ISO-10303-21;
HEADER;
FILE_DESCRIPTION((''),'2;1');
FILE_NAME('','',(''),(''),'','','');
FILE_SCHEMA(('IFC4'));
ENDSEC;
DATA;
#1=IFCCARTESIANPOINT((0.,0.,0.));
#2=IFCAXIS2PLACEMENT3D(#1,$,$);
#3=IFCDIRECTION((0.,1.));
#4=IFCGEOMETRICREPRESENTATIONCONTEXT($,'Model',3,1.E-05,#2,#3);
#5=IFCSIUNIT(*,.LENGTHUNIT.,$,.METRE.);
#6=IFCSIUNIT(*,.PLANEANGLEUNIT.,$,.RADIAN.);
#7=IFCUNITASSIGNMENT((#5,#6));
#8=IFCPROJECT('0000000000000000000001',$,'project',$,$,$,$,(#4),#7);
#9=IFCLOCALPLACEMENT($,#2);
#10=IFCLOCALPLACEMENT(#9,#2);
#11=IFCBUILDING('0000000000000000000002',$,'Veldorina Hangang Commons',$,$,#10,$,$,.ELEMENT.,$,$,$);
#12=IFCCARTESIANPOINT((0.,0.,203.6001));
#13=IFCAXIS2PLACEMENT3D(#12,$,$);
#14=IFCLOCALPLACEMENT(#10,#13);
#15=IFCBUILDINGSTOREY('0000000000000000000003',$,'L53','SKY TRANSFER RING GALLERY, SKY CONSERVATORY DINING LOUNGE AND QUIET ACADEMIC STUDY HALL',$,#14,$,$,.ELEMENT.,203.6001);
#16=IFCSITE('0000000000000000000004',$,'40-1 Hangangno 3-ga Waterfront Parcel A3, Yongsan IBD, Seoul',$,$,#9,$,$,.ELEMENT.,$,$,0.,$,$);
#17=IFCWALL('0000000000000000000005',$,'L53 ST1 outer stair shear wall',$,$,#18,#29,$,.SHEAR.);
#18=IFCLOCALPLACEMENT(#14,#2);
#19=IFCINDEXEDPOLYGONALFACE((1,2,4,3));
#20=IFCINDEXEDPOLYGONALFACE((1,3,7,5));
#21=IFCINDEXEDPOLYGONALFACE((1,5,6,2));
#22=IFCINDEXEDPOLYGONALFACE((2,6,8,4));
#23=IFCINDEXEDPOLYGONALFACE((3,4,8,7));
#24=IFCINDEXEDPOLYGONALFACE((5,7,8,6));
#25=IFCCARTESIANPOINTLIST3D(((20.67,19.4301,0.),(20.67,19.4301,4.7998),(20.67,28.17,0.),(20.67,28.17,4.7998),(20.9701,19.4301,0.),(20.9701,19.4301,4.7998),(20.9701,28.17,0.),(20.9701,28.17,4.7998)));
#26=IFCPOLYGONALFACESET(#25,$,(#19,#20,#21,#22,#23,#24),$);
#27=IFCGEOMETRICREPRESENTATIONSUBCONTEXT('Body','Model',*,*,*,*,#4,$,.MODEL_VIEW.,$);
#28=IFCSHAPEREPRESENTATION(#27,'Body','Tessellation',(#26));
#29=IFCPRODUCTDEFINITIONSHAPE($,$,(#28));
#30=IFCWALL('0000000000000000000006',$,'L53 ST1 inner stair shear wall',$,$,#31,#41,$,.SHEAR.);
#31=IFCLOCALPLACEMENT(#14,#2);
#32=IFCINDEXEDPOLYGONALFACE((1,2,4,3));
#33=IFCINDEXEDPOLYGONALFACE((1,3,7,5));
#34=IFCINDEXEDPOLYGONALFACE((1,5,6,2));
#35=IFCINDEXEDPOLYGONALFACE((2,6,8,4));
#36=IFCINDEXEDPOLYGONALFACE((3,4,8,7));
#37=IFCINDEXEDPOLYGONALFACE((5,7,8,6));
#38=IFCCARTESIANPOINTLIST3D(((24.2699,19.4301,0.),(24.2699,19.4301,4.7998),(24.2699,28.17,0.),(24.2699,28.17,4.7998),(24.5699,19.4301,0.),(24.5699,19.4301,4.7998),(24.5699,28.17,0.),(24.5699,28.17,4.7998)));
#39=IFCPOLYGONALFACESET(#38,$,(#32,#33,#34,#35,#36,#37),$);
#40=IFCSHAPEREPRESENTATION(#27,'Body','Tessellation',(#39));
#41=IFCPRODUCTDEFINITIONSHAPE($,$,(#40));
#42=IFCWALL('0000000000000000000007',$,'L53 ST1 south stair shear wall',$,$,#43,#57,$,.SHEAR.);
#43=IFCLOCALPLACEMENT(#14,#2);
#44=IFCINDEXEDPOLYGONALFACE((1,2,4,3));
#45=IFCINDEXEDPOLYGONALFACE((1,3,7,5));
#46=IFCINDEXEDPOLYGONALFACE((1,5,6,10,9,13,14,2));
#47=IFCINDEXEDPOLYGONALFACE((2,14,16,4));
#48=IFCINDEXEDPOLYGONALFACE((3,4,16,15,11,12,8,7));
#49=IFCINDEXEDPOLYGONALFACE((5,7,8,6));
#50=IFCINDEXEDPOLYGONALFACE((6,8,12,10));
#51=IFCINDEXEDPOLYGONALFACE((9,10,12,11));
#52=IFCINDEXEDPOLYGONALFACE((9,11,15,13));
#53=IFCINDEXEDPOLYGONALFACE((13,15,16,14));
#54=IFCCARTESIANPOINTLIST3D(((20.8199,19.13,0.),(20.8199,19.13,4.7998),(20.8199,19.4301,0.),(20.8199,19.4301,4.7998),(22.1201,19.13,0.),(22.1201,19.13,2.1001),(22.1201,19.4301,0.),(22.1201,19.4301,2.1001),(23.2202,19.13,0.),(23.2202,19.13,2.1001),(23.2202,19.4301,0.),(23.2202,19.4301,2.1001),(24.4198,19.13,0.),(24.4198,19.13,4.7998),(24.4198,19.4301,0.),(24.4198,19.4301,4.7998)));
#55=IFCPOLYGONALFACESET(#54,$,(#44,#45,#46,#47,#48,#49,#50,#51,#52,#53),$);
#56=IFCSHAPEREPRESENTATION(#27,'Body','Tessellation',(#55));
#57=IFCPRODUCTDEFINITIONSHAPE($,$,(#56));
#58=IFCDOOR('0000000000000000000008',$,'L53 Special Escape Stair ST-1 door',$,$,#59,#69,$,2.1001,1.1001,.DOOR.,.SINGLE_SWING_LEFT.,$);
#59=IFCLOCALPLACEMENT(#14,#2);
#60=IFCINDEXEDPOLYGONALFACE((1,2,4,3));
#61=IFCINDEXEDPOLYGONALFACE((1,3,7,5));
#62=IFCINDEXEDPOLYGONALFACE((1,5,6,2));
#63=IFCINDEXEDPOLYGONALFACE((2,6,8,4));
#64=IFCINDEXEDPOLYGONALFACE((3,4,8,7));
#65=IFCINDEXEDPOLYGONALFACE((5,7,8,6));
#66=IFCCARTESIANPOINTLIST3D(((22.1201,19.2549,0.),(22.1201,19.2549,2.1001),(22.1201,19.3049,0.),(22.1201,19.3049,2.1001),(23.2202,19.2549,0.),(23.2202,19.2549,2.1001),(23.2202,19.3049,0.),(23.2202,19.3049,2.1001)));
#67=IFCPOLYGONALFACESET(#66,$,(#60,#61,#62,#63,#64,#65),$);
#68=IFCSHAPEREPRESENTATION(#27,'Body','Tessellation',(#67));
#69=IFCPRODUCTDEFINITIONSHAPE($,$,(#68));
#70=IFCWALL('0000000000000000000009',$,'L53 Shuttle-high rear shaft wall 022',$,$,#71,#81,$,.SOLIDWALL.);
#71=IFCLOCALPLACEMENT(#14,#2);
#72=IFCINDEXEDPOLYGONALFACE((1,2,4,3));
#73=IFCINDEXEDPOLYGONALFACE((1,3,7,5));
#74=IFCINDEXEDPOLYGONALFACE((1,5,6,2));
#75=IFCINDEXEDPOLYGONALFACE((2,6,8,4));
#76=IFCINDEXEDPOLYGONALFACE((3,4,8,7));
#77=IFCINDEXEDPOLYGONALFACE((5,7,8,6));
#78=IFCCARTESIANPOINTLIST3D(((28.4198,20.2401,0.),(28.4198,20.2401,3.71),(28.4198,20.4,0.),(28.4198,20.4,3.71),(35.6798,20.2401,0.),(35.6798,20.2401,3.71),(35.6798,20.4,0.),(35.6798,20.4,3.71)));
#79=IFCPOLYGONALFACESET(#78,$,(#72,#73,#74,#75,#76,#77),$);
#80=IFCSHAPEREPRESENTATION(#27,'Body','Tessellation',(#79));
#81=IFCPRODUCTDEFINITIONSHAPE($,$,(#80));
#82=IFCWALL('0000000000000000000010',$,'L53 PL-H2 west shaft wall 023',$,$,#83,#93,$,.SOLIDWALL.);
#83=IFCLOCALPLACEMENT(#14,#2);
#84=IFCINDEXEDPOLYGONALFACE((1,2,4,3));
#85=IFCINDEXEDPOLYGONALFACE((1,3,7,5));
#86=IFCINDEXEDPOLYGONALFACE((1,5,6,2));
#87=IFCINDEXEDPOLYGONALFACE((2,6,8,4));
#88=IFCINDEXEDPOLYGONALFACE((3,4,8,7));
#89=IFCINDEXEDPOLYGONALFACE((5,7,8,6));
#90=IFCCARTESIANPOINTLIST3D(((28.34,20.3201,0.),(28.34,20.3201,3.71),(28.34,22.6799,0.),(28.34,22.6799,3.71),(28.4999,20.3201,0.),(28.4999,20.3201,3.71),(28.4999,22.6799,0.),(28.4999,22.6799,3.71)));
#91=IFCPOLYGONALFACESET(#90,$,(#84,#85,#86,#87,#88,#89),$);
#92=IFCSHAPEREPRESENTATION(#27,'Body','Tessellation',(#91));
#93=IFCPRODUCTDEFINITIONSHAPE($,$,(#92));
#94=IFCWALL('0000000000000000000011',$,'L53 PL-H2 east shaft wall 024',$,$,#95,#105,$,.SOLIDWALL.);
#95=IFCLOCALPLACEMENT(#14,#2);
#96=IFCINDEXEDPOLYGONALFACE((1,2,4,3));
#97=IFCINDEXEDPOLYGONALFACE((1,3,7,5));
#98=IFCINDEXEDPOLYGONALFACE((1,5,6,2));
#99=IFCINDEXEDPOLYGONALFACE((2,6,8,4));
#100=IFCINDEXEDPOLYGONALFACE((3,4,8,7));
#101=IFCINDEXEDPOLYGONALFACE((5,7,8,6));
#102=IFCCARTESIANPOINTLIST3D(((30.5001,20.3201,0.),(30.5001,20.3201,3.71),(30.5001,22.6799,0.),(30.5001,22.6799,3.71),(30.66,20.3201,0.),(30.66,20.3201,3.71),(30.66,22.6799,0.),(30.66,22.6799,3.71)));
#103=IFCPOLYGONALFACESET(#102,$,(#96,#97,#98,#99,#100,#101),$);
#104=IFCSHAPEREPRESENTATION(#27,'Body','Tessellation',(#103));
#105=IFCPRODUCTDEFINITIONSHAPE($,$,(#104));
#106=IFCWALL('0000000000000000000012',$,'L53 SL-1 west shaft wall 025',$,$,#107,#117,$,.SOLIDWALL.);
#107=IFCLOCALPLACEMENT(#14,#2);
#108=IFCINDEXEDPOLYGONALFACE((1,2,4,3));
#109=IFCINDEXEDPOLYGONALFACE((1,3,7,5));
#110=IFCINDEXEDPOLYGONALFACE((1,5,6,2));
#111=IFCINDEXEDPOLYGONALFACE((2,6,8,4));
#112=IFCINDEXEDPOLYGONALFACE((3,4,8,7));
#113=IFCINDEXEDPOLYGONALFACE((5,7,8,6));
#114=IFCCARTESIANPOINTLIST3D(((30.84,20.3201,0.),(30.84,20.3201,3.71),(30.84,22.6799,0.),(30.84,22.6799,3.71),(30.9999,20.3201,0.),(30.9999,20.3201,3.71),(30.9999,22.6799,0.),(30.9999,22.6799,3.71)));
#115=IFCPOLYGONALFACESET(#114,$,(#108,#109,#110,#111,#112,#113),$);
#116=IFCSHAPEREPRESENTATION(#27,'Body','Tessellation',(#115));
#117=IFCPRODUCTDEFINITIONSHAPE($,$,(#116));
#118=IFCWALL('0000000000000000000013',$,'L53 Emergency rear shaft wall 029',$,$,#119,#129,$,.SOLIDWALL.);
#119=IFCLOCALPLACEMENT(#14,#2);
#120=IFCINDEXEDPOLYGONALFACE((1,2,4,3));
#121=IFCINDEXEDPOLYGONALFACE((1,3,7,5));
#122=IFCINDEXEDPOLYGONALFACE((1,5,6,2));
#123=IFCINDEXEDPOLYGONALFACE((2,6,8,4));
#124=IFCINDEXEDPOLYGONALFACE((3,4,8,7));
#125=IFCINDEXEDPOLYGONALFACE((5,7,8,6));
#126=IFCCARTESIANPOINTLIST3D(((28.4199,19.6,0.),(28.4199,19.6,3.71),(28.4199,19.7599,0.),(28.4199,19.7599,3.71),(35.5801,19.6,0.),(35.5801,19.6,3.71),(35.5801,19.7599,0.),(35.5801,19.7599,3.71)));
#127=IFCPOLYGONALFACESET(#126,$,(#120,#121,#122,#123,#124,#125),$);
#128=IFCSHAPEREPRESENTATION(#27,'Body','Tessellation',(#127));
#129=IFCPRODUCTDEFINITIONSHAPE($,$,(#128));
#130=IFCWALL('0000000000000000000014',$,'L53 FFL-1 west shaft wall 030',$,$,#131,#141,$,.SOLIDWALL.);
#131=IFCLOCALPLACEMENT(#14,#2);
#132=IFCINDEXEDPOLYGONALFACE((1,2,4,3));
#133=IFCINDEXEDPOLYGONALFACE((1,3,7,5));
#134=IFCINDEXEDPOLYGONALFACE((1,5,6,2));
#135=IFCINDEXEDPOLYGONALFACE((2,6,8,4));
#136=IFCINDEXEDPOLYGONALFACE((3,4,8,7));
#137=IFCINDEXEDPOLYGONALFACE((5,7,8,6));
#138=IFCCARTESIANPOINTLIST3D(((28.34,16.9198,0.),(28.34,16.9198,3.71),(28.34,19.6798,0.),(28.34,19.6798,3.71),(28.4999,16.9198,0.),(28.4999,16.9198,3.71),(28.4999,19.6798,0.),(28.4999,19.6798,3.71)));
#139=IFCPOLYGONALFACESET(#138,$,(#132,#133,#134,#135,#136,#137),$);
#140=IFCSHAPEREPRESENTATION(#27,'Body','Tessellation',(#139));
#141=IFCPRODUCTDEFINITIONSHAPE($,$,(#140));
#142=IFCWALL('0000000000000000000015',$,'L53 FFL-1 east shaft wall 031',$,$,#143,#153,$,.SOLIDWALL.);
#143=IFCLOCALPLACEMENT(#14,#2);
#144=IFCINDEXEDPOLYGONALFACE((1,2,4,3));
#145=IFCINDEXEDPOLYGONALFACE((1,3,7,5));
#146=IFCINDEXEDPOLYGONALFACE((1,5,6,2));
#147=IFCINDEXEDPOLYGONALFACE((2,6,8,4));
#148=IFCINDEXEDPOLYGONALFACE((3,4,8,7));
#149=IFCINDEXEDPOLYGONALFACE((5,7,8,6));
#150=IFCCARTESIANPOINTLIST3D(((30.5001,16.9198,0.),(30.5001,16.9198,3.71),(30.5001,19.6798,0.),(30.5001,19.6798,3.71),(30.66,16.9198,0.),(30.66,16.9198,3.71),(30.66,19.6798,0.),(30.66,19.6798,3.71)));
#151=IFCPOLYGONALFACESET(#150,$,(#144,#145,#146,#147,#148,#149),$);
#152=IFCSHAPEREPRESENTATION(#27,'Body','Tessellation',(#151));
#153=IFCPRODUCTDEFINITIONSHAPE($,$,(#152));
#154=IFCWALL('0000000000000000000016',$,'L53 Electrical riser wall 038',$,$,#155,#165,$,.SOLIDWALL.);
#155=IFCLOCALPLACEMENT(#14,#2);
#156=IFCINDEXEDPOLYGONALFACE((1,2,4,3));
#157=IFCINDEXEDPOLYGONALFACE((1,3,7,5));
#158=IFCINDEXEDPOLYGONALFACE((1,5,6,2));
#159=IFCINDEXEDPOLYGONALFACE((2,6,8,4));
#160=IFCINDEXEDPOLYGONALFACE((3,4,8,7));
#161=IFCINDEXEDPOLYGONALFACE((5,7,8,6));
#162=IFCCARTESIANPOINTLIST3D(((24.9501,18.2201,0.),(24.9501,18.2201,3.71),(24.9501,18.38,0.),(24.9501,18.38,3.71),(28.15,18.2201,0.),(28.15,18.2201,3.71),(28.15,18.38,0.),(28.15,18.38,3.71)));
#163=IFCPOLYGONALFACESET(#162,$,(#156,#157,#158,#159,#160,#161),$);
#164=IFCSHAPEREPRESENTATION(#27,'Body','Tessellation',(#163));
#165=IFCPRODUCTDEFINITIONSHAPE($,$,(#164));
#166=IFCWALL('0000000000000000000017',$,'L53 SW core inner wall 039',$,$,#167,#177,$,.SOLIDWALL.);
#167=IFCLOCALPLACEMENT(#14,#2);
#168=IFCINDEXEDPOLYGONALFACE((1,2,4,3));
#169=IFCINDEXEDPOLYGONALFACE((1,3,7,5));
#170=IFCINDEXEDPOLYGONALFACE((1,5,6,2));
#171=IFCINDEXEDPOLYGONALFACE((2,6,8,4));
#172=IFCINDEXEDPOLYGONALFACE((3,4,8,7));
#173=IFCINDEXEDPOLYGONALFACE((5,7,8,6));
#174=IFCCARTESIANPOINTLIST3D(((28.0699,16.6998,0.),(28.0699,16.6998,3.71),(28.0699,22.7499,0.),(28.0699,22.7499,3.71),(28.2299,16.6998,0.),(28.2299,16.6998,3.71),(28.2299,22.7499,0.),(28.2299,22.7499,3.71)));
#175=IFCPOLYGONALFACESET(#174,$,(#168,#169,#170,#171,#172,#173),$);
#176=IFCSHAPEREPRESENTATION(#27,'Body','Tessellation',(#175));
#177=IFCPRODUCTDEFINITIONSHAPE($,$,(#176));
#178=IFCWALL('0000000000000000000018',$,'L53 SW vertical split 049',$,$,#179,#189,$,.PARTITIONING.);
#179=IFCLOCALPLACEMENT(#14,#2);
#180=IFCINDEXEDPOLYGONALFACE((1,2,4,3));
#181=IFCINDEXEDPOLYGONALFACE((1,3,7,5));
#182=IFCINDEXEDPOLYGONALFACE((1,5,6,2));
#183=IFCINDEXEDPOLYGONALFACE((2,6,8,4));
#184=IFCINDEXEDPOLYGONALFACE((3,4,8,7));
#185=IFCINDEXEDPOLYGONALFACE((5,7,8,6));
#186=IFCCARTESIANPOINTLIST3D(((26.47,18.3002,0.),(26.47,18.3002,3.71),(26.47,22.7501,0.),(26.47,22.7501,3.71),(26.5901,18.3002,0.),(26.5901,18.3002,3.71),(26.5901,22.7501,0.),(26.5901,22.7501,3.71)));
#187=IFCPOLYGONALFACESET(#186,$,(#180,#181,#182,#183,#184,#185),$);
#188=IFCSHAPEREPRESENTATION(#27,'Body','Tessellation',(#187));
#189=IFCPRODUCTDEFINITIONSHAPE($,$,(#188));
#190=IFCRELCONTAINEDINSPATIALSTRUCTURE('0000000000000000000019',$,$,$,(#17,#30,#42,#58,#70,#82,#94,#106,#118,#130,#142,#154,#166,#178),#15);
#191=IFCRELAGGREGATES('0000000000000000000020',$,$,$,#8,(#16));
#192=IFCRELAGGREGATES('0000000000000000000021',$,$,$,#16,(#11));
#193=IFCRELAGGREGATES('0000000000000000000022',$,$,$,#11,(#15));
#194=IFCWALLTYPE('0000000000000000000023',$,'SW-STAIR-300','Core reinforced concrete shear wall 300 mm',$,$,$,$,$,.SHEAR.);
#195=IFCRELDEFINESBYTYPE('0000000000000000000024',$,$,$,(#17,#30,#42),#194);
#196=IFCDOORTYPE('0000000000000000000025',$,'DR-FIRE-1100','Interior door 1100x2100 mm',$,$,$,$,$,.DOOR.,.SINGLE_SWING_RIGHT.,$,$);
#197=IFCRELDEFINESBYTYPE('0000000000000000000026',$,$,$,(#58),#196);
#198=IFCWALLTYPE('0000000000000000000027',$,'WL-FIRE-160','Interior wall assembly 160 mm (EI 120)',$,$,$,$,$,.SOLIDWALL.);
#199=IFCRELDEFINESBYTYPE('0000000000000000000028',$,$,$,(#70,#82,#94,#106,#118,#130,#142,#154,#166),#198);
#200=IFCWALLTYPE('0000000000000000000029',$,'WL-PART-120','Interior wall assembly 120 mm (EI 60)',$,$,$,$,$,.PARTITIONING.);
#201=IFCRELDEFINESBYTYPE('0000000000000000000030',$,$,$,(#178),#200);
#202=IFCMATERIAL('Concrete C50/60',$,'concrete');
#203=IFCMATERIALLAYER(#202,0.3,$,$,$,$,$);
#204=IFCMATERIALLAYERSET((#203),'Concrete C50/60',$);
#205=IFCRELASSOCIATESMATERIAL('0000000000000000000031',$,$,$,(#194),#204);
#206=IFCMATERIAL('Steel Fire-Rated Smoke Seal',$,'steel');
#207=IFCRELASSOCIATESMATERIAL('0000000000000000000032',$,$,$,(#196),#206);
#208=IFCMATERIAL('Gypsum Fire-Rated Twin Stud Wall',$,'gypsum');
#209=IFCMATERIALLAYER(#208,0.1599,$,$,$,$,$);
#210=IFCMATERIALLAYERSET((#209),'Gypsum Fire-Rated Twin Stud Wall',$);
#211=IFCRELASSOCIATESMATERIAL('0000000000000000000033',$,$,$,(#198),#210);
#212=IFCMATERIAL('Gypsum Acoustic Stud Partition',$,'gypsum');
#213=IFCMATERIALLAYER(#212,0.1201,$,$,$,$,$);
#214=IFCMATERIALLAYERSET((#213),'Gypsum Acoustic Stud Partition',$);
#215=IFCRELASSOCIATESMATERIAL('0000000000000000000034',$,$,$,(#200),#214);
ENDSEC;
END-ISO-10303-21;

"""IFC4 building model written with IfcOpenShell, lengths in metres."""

from ifc_helpers import new_model, si_unit, direction, frame, frame_2d, origin, place, context, subcontext, project, spatial, rectangle, extrude, material, layer, layer_set, type_object, element, fill, save


model = new_model("IFC4")

# Units and contexts
model_context = context("Model", 3, precision=1e-05, world=origin(), true_north=direction((0.0, 1.0)))
body_context = subcontext(model_context, "Body", "Model", "MODEL_VIEW")
ifc_project = project(units=[si_unit("LENGTHUNIT", "METRE"), si_unit("PLANEANGLEUNIT", "RADIAN")], contexts=[model_context])

# Site, building, storey
site_placement = place(None, origin())
site = spatial("IfcSite", under=ifc_project, at=site_placement, Name="40-1 Hangangno 3-ga Waterfront Parcel A3, Yongsan IBD, Seoul", CompositionType="ELEMENT", RefElevation=0.0)
building_placement = place(site_placement, origin())
building = spatial("IfcBuilding", under=site, at=building_placement, Name="Veldorina Hangang Commons", CompositionType="ELEMENT")
storey_placement = place(building_placement, frame((0.0, 0.0, 203.6001)))
storey = spatial("IfcBuildingStorey", under=building, at=storey_placement, Name="L53", Description="SKY TRANSFER RING GALLERY, SKY CONSERVATORY DINING LOUNGE AND QUIET ACADEMIC STUDY HALL", CompositionType="ELEMENT", Elevation=203.6001)

# Walls
ifc_material_1 = material(Name="Concrete C50/60", Category="concrete")
ifc_layer_1 = layer(ifc_material_1, 0.3)
ifc_layer_set_1 = layer_set([ifc_layer_1], Name="Concrete C50/60")
wall_type_1 = type_object("IfcWallType", Name="SW-STAIR-300", Description="Core reinforced concrete shear wall 300 mm", PredefinedType="SHEAR", material=ifc_layer_set_1)
for number, where, z_axis, x_axis, name in (
    (1, (20.8201, 19.4299, 0.0), (0.0, 0.0, 1.0), (0.0, 1.0, 0.0), "L53 ST1 outer stair shear wall"),
    (2, (24.4199, 19.4299, 0.0), (0.0, 0.0, 1.0), (0.0, 1.0, 0.0), "L53 ST1 inner stair shear wall"),
):
    element("IfcWall", number, at=place(storey_placement, frame(where, z_axis=z_axis, x_axis=x_axis)), inside=storey, type_object=wall_type_1, Name=name, PredefinedType="SHEAR", context=body_context, shape_type="SweptSolid", body=[
        extrude(rectangle(XDim=8.74, YDim=0.3, at=frame_2d((4.3701, 0.0))), origin(), (0.0, 0.0, 1.0), 4.7998),
    ])

# Wall, opening, door
wall_1_placement = place(storey_placement, frame((20.8201, 19.28, 0.0), z_axis=(0.0, 0.0, 1.0), x_axis=(1.0, 0.0, 0.0)))
wall_1 = element("IfcWall", 3, at=wall_1_placement, inside=storey, type_object=wall_type_1, Name="L53 ST1 south stair shear wall", PredefinedType="SHEAR", context=body_context, shape_type="SweptSolid", body=[
    extrude(rectangle(XDim=3.5999, YDim=0.3, at=frame_2d((1.7998, 0.0))), origin(), (0.0, 0.0, 1.0), 4.7998),
])
opening_1_placement = place(wall_1_placement, frame((1.3, 0.0, 0.0)))
opening_1 = element("IfcOpeningElement", 4, at=opening_1_placement, cuts=wall_1, PredefinedType="OPENING", context=body_context, shape_type="SweptSolid", body=[
    extrude(rectangle(XDim=1.1001, YDim=2.1001, at=frame_2d((0.55, 1.05))), frame((0.0, 0.1602, 0.0), z_axis=(0.0, -1.0, 0.0), x_axis=(1.0, 0.0, 0.0)), (0.0, 0.0, 1.0), 0.3201),
])
ifc_material_2 = material(Name="Steel Fire-Rated Smoke Seal", Category="steel")
door_type_1 = type_object("IfcDoorType", Name="DR-FIRE-1100", Description="Interior door 1100x2100 mm", OperationType="SINGLE_SWING_RIGHT", PredefinedType="DOOR", material=ifc_material_2)
door_1_placement = place(opening_1_placement, origin())
door_1 = element("IfcDoor", 5, at=door_1_placement, inside=storey, type_object=door_type_1, Name="L53 Special Escape Stair ST-1 door", OperationType="SINGLE_SWING_LEFT", OverallHeight=2.1001, OverallWidth=1.1001, PredefinedType="DOOR", context=body_context, shape_type="SweptSolid", body=[
    extrude(rectangle(XDim=1.1001, YDim=2.1001, at=frame_2d((0.55, 1.05))), frame((0.0, 0.0249, 0.0), z_axis=(0.0, -1.0, 0.0), x_axis=(1.0, 0.0, 0.0)), (0.0, 0.0, 1.0), 0.05),
])
fill(opening_1, door_1)

# Walls
ifc_material_3 = material(Name="Gypsum Fire-Rated Twin Stud Wall", Category="gypsum")
ifc_layer_2 = layer(ifc_material_3, 0.1599)
ifc_layer_set_2 = layer_set([ifc_layer_2], Name="Gypsum Fire-Rated Twin Stud Wall")
wall_type_2 = type_object("IfcWallType", Name="WL-FIRE-160", Description="Interior wall assembly 160 mm (EI 120)", PredefinedType="SOLIDWALL", material=ifc_layer_set_2)
wall_2_placement = place(storey_placement, frame((28.4199, 20.3201, 0.0), z_axis=(0.0, 0.0, 1.0), x_axis=(1.0, 0.0, 0.0)))
element("IfcWall", 6, at=wall_2_placement, inside=storey, type_object=wall_type_2, Name="L53 Shuttle-high rear shaft wall 022", PredefinedType="SOLIDWALL", context=body_context, shape_type="SweptSolid", body=[
    extrude(rectangle(XDim=7.26, YDim=0.1599, at=frame_2d((3.6299, 0.0))), origin(), (0.0, 0.0, 1.0), 3.71),
])
for number, where, z_axis, x_axis, name in (
    (7, (28.4199, 20.3201, 0.0), (0.0, 0.0, 1.0), (0.0, 1.0, 0.0), "L53 PL-H2 west shaft wall 023"),
    (8, (30.5801, 20.3201, 0.0), (0.0, 0.0, 1.0), (0.0, 1.0, 0.0), "L53 PL-H2 east shaft wall 024"),
    (9, (30.9199, 20.3201, 0.0), (0.0, 0.0, 1.0), (0.0, 1.0, 0.0), "L53 SL-1 west shaft wall 025"),
):
    element("IfcWall", number, at=place(storey_placement, frame(where, z_axis=z_axis, x_axis=x_axis)), inside=storey, type_object=wall_type_2, Name=name, PredefinedType="SOLIDWALL", context=body_context, shape_type="SweptSolid", body=[
        extrude(rectangle(XDim=2.3599, YDim=0.1599, at=frame_2d((1.1799, 0.0))), origin(), (0.0, 0.0, 1.0), 3.71),
    ])

# Walls
wall_3_placement = place(storey_placement, frame((28.4199, 19.6799, 0.0), z_axis=(0.0, 0.0, 1.0), x_axis=(1.0, 0.0, 0.0)))
element("IfcWall", 10, at=wall_3_placement, inside=storey, type_object=wall_type_2, Name="L53 Emergency rear shaft wall 029", PredefinedType="SOLIDWALL", context=body_context, shape_type="SweptSolid", body=[
    extrude(rectangle(XDim=7.1602, YDim=0.1599, at=frame_2d((3.5801, 0.0))), origin(), (0.0, 0.0, 1.0), 3.71),
])
for number, where, z_axis, x_axis, name in (
    (11, (28.4199, 16.9199, 0.0), (0.0, 0.0, 1.0), (0.0, 1.0, 0.0), "L53 FFL-1 west shaft wall 030"),
    (12, (30.5801, 16.9199, 0.0), (0.0, 0.0, 1.0), (0.0, 1.0, 0.0), "L53 FFL-1 east shaft wall 031"),
):
    element("IfcWall", number, at=place(storey_placement, frame(where, z_axis=z_axis, x_axis=x_axis)), inside=storey, type_object=wall_type_2, Name=name, PredefinedType="SOLIDWALL", context=body_context, shape_type="SweptSolid", body=[
        extrude(rectangle(XDim=2.76, YDim=0.1599, at=frame_2d((1.3799, 0.0))), origin(), (0.0, 0.0, 1.0), 3.71),
    ])
wall_4_placement = place(storey_placement, frame((24.95, 18.3, 0.0), z_axis=(0.0, 0.0, 1.0), x_axis=(1.0, 0.0, 0.0)))
element("IfcWall", 13, at=wall_4_placement, inside=storey, type_object=wall_type_2, Name="L53 Electrical riser wall 038", PredefinedType="SOLIDWALL", context=body_context, shape_type="SweptSolid", body=[
    extrude(rectangle(XDim=3.2, YDim=0.1599, at=frame_2d((1.6001, 0.0))), origin(), (0.0, 0.0, 1.0), 3.71),
])
wall_5_placement = place(storey_placement, frame((28.1499, 16.7, 0.0), z_axis=(0.0, 0.0, 1.0), x_axis=(0.0, 1.0, 0.0)))
element("IfcWall", 14, at=wall_5_placement, inside=storey, type_object=wall_type_2, Name="L53 SW core inner wall 039", PredefinedType="SOLIDWALL", context=body_context, shape_type="SweptSolid", body=[
    extrude(rectangle(XDim=6.05, YDim=0.1599, at=frame_2d((3.0249, 0.0))), origin(), (0.0, 0.0, 1.0), 3.71),
])
ifc_material_4 = material(Name="Gypsum Acoustic Stud Partition", Category="gypsum")
ifc_layer_3 = layer(ifc_material_4, 0.1201)
ifc_layer_set_3 = layer_set([ifc_layer_3], Name="Gypsum Acoustic Stud Partition")
wall_type_3 = type_object("IfcWallType", Name="WL-PART-120", Description="Interior wall assembly 120 mm (EI 60)", PredefinedType="PARTITIONING", material=ifc_layer_set_3)
wall_6_placement = place(storey_placement, frame((26.53, 18.3, 0.0), z_axis=(0.0, 0.0, 1.0), x_axis=(0.0, 1.0, 0.0)))
element("IfcWall", 15, at=wall_6_placement, inside=storey, type_object=wall_type_3, Name="L53 SW vertical split 049", PredefinedType="PARTITIONING", context=body_context, shape_type="SweptSolid", body=[
    extrude(rectangle(XDim=4.45, YDim=0.1201, at=frame_2d((2.2251, 0.0))), origin(), (0.0, 0.0, 1.0), 3.71),
])

save(model, "model.ifc")
